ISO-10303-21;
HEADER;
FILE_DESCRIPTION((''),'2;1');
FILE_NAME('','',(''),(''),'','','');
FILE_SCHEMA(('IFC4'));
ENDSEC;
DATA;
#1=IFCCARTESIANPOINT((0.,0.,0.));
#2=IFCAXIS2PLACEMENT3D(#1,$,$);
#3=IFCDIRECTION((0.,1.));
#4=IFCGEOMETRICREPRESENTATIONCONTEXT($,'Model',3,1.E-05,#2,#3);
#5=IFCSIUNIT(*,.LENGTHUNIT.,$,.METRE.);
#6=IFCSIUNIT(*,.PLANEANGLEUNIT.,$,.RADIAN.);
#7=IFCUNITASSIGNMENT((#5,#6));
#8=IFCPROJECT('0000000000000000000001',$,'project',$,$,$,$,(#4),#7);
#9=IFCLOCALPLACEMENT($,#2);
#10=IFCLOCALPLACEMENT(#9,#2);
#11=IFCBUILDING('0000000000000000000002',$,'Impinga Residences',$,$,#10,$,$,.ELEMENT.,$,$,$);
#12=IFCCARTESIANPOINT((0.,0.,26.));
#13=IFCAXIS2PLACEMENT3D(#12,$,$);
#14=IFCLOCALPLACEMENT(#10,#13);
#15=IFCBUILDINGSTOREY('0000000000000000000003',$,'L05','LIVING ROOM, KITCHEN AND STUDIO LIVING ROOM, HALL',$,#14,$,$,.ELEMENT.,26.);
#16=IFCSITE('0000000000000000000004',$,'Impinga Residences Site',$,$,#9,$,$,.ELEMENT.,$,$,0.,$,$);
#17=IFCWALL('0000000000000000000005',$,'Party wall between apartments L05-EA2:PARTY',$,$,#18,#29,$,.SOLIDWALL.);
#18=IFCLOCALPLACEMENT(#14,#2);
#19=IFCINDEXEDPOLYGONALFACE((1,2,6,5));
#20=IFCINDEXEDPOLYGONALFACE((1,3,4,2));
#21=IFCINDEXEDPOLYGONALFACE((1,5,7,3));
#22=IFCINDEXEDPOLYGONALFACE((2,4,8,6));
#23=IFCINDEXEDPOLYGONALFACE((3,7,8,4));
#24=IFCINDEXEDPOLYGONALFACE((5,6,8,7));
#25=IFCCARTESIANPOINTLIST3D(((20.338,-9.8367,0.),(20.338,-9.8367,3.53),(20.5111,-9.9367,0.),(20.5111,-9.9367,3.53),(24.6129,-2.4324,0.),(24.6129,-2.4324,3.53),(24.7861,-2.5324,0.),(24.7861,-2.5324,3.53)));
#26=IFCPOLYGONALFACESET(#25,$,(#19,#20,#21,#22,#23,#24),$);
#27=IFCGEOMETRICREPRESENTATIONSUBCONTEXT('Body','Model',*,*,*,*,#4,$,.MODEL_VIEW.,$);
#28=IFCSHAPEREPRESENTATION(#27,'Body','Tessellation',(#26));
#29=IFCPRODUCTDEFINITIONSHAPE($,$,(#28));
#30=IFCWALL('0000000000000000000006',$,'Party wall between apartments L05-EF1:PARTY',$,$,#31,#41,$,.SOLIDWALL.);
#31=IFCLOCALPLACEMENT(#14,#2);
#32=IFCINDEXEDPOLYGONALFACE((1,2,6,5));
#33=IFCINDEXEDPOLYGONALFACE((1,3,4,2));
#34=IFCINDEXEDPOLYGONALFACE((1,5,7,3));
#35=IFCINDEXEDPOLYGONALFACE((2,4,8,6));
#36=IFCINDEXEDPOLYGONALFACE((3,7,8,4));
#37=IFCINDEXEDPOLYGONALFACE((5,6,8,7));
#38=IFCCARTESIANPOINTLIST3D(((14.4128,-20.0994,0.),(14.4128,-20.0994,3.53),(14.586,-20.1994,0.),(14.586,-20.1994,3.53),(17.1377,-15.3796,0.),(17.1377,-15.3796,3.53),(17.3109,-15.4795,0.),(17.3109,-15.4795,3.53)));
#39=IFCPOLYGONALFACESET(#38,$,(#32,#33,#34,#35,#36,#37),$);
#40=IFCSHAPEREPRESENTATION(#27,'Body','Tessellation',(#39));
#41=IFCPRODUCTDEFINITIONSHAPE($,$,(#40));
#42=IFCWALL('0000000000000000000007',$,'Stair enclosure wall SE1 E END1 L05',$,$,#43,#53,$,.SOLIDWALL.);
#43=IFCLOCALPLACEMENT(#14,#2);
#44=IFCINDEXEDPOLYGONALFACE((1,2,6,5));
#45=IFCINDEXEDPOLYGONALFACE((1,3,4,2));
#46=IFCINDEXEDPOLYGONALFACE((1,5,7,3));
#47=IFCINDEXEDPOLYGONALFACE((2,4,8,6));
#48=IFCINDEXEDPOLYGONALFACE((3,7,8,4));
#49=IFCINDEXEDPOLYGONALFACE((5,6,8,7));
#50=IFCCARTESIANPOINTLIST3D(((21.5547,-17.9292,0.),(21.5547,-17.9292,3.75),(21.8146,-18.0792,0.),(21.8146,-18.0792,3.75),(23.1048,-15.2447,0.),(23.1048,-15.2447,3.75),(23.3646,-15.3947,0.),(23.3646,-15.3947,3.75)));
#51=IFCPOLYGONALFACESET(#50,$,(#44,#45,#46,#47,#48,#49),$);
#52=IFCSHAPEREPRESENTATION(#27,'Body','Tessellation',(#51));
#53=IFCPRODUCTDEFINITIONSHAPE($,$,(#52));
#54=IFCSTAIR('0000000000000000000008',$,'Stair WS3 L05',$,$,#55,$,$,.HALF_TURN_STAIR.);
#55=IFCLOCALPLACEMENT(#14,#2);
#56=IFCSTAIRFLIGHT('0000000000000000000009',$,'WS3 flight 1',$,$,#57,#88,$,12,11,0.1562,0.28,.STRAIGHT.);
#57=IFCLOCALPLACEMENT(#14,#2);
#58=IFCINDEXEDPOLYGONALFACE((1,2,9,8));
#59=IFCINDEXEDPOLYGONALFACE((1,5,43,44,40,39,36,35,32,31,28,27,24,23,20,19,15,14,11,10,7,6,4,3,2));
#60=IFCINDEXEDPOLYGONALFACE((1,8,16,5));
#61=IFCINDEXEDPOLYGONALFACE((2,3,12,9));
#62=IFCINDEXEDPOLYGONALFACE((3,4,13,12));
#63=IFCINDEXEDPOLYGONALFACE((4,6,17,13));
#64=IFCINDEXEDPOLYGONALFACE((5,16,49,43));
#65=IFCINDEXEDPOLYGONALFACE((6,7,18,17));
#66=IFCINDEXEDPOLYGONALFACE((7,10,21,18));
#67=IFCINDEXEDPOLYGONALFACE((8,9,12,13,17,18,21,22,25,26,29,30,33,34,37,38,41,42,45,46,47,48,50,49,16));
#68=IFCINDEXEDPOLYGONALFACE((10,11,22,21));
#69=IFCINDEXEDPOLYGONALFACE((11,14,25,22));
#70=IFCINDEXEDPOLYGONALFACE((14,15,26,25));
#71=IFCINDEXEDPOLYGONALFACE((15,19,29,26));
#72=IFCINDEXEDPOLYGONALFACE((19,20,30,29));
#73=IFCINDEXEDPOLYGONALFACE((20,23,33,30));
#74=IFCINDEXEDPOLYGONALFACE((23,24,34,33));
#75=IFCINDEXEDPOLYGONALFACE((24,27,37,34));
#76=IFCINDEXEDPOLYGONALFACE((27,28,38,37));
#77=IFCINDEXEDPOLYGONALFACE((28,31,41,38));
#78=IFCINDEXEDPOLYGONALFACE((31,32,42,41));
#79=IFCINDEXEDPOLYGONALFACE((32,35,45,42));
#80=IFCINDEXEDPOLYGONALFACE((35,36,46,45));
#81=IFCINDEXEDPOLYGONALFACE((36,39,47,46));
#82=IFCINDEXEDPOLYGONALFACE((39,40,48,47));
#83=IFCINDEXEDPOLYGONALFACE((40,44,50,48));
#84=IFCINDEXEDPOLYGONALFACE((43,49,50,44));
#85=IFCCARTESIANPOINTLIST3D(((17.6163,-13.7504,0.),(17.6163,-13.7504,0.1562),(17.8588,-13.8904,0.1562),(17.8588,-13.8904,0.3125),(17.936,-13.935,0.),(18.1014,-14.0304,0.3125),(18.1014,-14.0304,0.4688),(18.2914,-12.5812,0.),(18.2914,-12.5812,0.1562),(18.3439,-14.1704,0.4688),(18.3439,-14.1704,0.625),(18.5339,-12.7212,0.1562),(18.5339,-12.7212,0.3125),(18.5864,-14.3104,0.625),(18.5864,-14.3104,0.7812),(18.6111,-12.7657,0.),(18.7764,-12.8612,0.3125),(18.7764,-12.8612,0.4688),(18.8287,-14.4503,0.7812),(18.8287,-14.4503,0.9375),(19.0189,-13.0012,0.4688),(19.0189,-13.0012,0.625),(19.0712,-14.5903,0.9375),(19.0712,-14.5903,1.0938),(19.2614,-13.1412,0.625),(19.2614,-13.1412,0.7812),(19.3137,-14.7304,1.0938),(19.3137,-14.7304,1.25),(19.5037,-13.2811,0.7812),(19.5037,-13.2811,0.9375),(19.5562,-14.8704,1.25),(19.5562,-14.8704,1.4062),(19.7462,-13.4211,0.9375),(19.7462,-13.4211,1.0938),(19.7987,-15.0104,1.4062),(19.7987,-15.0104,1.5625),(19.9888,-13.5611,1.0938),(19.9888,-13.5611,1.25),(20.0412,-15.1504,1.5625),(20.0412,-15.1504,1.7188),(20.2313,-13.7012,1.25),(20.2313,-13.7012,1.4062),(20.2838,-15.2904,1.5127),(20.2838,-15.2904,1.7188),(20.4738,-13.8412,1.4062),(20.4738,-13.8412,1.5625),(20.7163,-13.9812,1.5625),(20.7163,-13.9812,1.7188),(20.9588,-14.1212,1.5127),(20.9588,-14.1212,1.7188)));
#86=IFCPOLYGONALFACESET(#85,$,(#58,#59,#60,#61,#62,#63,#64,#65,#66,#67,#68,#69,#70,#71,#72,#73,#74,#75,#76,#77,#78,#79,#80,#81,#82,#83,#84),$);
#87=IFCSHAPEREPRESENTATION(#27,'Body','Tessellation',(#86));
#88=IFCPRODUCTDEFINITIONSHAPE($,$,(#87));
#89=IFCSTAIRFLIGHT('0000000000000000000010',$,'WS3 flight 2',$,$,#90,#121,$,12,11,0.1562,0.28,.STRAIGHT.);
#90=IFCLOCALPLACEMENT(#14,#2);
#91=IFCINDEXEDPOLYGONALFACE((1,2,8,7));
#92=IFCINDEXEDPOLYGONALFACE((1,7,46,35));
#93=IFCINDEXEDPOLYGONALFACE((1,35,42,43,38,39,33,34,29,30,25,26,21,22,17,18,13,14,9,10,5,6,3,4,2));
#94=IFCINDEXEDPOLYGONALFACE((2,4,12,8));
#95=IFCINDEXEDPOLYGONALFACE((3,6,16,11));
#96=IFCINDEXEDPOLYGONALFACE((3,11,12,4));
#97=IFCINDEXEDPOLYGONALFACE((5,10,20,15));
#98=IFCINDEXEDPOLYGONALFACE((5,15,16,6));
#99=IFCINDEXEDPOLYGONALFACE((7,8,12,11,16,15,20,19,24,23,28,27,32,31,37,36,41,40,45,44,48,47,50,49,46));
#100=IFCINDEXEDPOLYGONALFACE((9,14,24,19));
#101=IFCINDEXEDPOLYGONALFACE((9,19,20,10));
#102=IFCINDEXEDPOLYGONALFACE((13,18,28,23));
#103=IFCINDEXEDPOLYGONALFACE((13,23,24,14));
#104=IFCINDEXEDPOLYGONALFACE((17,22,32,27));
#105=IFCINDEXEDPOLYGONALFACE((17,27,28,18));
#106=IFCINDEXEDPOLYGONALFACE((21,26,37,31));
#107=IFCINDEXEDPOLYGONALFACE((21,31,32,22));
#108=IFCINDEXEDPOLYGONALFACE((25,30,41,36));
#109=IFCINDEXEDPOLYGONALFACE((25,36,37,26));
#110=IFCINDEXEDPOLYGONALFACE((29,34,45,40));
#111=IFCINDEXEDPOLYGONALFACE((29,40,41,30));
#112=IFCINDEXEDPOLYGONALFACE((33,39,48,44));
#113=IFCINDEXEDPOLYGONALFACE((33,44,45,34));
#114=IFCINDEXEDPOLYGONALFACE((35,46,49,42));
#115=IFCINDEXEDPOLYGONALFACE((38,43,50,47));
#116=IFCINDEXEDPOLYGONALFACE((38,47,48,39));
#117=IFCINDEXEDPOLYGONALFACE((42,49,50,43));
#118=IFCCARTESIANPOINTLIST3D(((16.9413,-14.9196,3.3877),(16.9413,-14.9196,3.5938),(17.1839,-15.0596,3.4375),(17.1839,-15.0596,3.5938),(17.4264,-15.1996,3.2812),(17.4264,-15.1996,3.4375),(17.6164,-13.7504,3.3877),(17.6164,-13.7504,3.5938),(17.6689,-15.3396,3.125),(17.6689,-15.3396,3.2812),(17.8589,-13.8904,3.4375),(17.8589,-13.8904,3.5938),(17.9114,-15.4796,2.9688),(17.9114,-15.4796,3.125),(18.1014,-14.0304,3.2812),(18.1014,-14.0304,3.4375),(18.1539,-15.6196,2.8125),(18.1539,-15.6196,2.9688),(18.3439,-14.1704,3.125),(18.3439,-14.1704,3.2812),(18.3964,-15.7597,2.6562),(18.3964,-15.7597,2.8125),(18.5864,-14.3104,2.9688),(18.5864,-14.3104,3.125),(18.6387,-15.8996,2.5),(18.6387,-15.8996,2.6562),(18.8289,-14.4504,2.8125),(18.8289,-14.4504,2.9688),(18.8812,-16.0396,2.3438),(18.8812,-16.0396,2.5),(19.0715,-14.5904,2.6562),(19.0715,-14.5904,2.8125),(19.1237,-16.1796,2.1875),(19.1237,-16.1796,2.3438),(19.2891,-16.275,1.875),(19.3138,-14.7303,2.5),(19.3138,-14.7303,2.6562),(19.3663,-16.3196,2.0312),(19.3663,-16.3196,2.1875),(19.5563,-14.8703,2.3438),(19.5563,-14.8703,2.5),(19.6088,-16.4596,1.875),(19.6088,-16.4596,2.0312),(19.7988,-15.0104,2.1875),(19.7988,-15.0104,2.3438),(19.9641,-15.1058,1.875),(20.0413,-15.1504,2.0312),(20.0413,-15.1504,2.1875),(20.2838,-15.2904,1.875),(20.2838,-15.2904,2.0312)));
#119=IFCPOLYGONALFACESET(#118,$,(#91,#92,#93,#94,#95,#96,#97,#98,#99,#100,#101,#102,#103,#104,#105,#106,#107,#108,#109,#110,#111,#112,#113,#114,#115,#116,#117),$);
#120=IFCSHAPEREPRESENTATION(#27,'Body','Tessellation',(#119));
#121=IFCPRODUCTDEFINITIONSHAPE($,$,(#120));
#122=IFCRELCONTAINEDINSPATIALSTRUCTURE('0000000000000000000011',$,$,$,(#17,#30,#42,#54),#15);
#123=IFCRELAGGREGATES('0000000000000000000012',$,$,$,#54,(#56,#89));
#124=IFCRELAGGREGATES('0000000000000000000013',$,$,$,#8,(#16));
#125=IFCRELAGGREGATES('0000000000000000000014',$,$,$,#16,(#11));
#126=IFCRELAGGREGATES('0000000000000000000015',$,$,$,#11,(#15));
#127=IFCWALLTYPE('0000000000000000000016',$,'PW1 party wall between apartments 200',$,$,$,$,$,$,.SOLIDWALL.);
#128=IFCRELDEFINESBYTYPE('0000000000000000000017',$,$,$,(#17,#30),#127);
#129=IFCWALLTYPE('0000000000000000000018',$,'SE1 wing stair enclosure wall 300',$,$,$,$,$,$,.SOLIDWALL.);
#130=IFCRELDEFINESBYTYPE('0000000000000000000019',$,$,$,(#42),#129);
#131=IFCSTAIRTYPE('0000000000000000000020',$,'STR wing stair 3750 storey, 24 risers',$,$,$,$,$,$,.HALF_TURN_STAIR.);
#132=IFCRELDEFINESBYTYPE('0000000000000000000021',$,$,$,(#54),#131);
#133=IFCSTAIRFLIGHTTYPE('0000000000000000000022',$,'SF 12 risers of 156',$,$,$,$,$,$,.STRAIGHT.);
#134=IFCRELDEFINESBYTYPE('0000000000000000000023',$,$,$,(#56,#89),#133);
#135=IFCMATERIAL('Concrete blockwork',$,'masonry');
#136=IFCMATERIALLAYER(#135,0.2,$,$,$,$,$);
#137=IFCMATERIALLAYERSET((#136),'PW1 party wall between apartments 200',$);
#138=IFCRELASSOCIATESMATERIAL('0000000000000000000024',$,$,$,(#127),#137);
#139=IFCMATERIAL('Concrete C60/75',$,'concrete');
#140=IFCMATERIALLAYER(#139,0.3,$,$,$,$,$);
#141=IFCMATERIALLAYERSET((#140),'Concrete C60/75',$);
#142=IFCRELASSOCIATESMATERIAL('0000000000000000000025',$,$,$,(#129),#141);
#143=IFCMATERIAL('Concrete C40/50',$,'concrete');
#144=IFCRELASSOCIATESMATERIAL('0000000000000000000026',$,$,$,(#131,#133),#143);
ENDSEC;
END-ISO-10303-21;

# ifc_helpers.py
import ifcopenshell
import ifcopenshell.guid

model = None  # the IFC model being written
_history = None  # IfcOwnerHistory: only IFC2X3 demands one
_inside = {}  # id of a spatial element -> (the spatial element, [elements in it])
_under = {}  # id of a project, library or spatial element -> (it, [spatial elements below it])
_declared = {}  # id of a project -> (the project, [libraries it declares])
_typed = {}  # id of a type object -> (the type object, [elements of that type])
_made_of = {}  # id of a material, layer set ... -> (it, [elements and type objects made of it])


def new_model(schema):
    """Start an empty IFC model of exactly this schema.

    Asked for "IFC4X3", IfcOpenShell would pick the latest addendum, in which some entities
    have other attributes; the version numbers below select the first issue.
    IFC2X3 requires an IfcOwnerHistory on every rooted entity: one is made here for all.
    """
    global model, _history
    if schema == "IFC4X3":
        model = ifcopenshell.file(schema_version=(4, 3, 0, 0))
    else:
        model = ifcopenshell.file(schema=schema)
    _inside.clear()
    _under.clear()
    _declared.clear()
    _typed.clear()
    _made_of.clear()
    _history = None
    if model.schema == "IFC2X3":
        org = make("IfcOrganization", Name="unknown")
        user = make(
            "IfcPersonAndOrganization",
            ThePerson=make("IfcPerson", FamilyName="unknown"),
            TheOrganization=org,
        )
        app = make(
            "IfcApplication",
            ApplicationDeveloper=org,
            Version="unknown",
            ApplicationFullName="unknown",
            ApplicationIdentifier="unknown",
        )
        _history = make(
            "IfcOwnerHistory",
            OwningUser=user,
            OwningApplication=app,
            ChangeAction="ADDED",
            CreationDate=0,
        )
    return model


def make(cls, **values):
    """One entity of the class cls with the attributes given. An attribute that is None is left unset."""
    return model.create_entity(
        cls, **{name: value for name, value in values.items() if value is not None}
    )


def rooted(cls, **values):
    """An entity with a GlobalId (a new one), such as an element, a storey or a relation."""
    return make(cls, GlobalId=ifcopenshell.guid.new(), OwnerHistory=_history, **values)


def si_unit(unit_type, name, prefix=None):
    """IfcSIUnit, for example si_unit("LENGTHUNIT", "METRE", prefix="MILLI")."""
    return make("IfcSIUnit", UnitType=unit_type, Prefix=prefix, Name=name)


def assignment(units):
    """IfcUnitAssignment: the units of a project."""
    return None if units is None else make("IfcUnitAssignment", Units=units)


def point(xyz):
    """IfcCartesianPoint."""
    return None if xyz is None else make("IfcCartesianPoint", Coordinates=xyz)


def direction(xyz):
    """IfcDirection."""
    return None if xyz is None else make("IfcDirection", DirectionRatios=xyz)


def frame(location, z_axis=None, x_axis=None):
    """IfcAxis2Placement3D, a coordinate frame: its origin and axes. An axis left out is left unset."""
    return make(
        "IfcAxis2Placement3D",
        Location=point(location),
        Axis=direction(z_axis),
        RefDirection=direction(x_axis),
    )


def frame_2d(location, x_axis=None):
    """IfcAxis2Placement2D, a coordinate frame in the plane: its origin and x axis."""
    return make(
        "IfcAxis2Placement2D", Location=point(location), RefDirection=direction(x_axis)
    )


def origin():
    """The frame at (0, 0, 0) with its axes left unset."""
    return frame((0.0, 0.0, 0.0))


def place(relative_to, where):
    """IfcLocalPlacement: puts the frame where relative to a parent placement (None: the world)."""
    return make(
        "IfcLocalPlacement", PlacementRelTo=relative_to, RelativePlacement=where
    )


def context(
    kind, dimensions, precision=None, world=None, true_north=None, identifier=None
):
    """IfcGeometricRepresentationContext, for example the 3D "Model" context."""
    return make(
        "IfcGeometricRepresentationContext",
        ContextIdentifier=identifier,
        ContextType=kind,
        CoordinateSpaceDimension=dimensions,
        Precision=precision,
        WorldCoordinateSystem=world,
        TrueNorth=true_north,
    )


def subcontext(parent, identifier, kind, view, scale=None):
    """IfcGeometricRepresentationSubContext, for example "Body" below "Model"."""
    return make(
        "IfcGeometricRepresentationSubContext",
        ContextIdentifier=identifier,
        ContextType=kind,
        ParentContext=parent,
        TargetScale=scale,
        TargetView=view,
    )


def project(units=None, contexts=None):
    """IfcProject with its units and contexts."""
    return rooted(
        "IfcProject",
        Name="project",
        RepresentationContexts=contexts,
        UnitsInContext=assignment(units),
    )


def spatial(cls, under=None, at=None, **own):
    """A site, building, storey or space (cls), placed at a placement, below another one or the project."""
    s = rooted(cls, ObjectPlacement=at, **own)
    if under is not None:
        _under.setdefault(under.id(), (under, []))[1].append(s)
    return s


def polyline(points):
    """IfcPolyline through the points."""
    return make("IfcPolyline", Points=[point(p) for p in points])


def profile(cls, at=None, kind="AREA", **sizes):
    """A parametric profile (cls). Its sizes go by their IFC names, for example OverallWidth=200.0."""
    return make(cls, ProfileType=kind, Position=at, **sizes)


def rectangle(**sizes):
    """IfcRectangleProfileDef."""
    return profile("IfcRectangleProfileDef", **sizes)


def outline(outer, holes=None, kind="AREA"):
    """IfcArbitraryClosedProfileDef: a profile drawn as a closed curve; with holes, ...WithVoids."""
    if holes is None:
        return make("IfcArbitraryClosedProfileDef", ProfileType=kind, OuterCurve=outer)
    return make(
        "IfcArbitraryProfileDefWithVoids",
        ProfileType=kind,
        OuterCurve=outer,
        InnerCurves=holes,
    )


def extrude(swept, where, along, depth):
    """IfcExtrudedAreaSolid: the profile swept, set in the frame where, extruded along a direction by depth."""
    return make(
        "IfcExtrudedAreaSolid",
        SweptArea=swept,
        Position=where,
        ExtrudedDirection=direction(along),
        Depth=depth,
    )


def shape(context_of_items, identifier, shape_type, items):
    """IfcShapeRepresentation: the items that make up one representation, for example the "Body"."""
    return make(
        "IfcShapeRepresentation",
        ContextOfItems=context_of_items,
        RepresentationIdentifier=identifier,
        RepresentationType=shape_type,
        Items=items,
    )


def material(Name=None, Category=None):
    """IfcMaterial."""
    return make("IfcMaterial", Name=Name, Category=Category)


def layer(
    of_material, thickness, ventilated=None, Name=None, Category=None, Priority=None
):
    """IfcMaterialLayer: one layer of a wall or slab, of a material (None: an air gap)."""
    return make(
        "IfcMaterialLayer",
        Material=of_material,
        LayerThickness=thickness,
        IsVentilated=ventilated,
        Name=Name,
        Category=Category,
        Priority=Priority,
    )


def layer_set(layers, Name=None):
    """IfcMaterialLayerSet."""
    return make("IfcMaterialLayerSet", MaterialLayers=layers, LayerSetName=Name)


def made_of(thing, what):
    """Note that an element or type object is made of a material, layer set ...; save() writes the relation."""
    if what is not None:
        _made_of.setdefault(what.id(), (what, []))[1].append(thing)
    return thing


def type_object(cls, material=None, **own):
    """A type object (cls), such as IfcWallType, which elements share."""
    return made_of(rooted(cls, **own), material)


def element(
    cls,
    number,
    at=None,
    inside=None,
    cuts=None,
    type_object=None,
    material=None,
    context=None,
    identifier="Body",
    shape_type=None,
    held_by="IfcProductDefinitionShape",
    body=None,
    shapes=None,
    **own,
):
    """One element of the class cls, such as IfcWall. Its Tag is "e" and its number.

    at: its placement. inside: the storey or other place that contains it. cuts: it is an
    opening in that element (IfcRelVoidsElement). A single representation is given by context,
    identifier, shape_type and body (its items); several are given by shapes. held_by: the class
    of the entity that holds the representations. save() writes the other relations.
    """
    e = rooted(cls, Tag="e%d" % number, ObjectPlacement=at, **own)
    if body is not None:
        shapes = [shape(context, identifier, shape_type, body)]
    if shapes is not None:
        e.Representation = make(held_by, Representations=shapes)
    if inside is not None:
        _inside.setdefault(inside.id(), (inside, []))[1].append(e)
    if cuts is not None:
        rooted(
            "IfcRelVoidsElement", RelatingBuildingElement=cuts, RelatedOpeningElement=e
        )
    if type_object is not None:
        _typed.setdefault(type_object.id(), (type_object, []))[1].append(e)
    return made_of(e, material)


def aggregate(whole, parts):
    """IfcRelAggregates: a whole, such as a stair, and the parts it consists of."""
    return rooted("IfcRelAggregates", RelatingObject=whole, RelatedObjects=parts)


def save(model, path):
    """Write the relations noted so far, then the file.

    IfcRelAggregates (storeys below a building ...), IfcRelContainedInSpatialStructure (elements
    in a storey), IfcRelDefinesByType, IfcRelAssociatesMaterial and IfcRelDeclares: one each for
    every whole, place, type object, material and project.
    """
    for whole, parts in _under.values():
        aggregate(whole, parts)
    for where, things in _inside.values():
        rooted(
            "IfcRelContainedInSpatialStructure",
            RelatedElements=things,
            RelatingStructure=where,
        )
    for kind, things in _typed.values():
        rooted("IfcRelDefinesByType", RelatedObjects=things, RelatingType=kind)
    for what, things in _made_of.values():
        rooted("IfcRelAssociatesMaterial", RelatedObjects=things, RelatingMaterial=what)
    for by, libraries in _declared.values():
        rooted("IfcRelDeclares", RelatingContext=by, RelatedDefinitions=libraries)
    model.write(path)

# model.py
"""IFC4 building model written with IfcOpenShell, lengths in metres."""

from ifc_helpers import new_model, si_unit, direction, frame, frame_2d, origin, place, context, subcontext, project, spatial, polyline, rectangle, outline, extrude, material, layer, layer_set, type_object, element, aggregate, save


model = new_model("IFC4")

# Units and contexts
model_context = context("Model", 3, precision=1e-05, world=origin(), true_north=direction((0.0, 1.0)))
body_context = subcontext(model_context, "Body", "Model", "MODEL_VIEW")
ifc_project = project(units=[si_unit("LENGTHUNIT", "METRE"), si_unit("PLANEANGLEUNIT", "RADIAN")], contexts=[model_context])

# Site, building, storey
site_placement = place(None, origin())
site = spatial("IfcSite", under=ifc_project, at=site_placement, Name="Impinga Residences Site", CompositionType="ELEMENT", RefElevation=0.0)
building_placement = place(site_placement, origin())
building = spatial("IfcBuilding", under=site, at=building_placement, Name="Impinga Residences", CompositionType="ELEMENT")
storey_placement = place(building_placement, frame((0.0, 0.0, 26.0)))
storey = spatial("IfcBuildingStorey", under=building, at=storey_placement, Name="L05", Description="LIVING ROOM, KITCHEN AND STUDIO LIVING ROOM, HALL", CompositionType="ELEMENT", Elevation=26.0)

# Shared definitions
ifc_material_1 = material(Name="Concrete C60/75", Category="concrete")

# Walls
ifc_material_2 = material(Name="Concrete blockwork", Category="masonry")
ifc_layer_1 = layer(ifc_material_2, 0.2)
ifc_layer_set_1 = layer_set([ifc_layer_1], Name="PW1 party wall between apartments 200")
wall_type_1 = type_object("IfcWallType", Name="PW1 party wall between apartments 200", PredefinedType="SOLIDWALL", material=ifc_layer_set_1)
wall_1_placement = place(storey_placement, frame((20.4246, -9.8867, 0.0), z_axis=(0.0, 0.0, 1.0), x_axis=(0.500003, 0.866024, 0.0)))
element("IfcWall", 1, at=wall_1_placement, inside=storey, type_object=wall_type_1, Name="Party wall between apartments L05-EA2:PARTY", PredefinedType="SOLIDWALL", context=body_context, shape_type="SweptSolid", body=[
    extrude(rectangle(XDim=8.5498, YDim=0.2, at=frame_2d((4.2749, 0.0))), origin(), (0.0, 0.0, 1.0), 3.53),
])
wall_2_placement = place(storey_placement, frame((17.2244, -15.4294, 0.0), z_axis=(0.0, 0.0, 1.0), x_axis=(-0.499989, -0.866032, 0.0)))
element("IfcWall", 2, at=wall_2_placement, inside=storey, type_object=wall_type_1, Name="Party wall between apartments L05-EF1:PARTY", PredefinedType="SOLIDWALL", context=body_context, shape_type="SweptSolid", body=[
    extrude(rectangle(XDim=5.45, YDim=0.2, at=frame_2d((2.7251, 0.0))), origin(), (0.0, 0.0, 1.0), 3.53),
])
ifc_layer_2 = layer(ifc_material_1, 0.3)
ifc_layer_set_2 = layer_set([ifc_layer_2], Name="Concrete C60/75")
wall_type_2 = type_object("IfcWallType", Name="SE1 wing stair enclosure wall 300", PredefinedType="SOLIDWALL", material=ifc_layer_set_2)
wall_3_placement = place(storey_placement, frame((23.2346, -15.3198, 0.0), z_axis=(0.0, 0.0, 1.0), x_axis=(-0.500027, -0.86601, 0.0)))
element("IfcWall", 3, at=wall_3_placement, inside=storey, type_object=wall_type_2, Name="Stair enclosure wall SE1 E END1 L05", PredefinedType="SOLIDWALL", context=body_context, shape_type="SweptSolid", body=[
    extrude(rectangle(XDim=3.0999, YDim=0.3, at=frame_2d((1.5498, 0.0))), origin(), (0.0, 0.0, 1.0), 3.75),
])

# Stair, stair flights
ifc_material_3 = material(Name="Concrete C40/50", Category="concrete")
stair_type = type_object("IfcStairType", Name="STR wing stair 3750 storey, 24 risers", PredefinedType="HALF_TURN_STAIR", material=ifc_material_3)
stair_placement = place(storey_placement, origin())
stair = element("IfcStair", 4, at=stair_placement, inside=storey, type_object=stair_type, Name="Stair WS3 L05", PredefinedType="HALF_TURN_STAIR")
stair_flight_type = type_object("IfcStairFlightType", Name="SF 12 risers of 156", PredefinedType="STRAIGHT", material=ifc_material_3)
stair_flight_1_placement = place(storey_placement, frame((17.9539, -13.1658, 0.0), z_axis=(0.0, 0.0, 1.0), x_axis=(0.866025, -0.5, 0.0)))
stair_flight_1 = element("IfcStairFlight", 5, at=stair_flight_1_placement, type_object=stair_flight_type, Name="WS3 flight 1", NumberOfRisers=12, NumberOfTreads=11, PredefinedType="STRAIGHT", RiserHeight=0.1562, TreadLength=0.28, context=body_context, shape_type="SweptSolid", body=[
    extrude(outline(polyline([(0.0, 0.0), (0.0, 0.1562), (0.28, 0.1562), (0.28, 0.3125), (0.5601, 0.3125), (0.5601, 0.4688), (0.8401, 0.4688), (0.8401, 0.625), (1.1201, 0.625), (1.1201, 0.7812), (1.3999, 0.7812), (1.3999, 0.9375), (1.6799, 0.9375), (1.6799, 1.0938), (1.96, 1.0938), (1.96, 1.25), (2.24, 1.25), (2.24, 1.4062), (2.52, 1.4062), (2.52, 1.5625), (2.8, 1.5625), (2.8, 1.7188), (3.0801, 1.7188), (3.0801, 1.875), (3.0801, 1.5127), (0.3691, 0.0), (0.0, 0.0)])), frame((0.0, 0.675, 0.0), z_axis=(0.0, -1.0, 0.0), x_axis=(1.0, 0.0, 0.0)), (0.0, 0.0, 1.0), 1.3501),
])
stair_flight_2_placement = place(storey_placement, frame((19.9463, -15.875, 1.875), z_axis=(0.0, 0.0, 1.0), x_axis=(-0.866025, 0.5, 0.0)))
stair_flight_2 = element("IfcStairFlight", 6, at=stair_flight_2_placement, type_object=stair_flight_type, Name="WS3 flight 2", NumberOfRisers=12, NumberOfTreads=11, PredefinedType="STRAIGHT", RiserHeight=0.1562, TreadLength=0.28, context=body_context, shape_type="SweptSolid", body=[
    extrude(outline(polyline([(0.0, 0.0), (0.0, 0.1562), (0.28, 0.1562), (0.28, 0.3125), (0.5601, 0.3125), (0.5601, 0.4688), (0.8401, 0.4688), (0.8401, 0.625), (1.1201, 0.625), (1.1201, 0.7812), (1.3999, 0.7812), (1.3999, 0.9375), (1.6799, 0.9375), (1.6799, 1.0938), (1.96, 1.0938), (1.96, 1.25), (2.24, 1.25), (2.24, 1.4062), (2.52, 1.4062), (2.52, 1.5625), (2.8, 1.5625), (2.8, 1.7188), (3.0801, 1.7188), (3.0801, 1.875), (3.0801, 1.5127), (0.3691, 0.0), (0.0, 0.0)])), frame((0.0, 0.675, 0.0), z_axis=(0.0, -1.0, 0.0), x_axis=(1.0, 0.0, 0.0)), (0.0, 0.0, 1.0), 1.3501),
])
aggregate(stair, [stair_flight_1, stair_flight_2])

save(model, "model.ifc")
